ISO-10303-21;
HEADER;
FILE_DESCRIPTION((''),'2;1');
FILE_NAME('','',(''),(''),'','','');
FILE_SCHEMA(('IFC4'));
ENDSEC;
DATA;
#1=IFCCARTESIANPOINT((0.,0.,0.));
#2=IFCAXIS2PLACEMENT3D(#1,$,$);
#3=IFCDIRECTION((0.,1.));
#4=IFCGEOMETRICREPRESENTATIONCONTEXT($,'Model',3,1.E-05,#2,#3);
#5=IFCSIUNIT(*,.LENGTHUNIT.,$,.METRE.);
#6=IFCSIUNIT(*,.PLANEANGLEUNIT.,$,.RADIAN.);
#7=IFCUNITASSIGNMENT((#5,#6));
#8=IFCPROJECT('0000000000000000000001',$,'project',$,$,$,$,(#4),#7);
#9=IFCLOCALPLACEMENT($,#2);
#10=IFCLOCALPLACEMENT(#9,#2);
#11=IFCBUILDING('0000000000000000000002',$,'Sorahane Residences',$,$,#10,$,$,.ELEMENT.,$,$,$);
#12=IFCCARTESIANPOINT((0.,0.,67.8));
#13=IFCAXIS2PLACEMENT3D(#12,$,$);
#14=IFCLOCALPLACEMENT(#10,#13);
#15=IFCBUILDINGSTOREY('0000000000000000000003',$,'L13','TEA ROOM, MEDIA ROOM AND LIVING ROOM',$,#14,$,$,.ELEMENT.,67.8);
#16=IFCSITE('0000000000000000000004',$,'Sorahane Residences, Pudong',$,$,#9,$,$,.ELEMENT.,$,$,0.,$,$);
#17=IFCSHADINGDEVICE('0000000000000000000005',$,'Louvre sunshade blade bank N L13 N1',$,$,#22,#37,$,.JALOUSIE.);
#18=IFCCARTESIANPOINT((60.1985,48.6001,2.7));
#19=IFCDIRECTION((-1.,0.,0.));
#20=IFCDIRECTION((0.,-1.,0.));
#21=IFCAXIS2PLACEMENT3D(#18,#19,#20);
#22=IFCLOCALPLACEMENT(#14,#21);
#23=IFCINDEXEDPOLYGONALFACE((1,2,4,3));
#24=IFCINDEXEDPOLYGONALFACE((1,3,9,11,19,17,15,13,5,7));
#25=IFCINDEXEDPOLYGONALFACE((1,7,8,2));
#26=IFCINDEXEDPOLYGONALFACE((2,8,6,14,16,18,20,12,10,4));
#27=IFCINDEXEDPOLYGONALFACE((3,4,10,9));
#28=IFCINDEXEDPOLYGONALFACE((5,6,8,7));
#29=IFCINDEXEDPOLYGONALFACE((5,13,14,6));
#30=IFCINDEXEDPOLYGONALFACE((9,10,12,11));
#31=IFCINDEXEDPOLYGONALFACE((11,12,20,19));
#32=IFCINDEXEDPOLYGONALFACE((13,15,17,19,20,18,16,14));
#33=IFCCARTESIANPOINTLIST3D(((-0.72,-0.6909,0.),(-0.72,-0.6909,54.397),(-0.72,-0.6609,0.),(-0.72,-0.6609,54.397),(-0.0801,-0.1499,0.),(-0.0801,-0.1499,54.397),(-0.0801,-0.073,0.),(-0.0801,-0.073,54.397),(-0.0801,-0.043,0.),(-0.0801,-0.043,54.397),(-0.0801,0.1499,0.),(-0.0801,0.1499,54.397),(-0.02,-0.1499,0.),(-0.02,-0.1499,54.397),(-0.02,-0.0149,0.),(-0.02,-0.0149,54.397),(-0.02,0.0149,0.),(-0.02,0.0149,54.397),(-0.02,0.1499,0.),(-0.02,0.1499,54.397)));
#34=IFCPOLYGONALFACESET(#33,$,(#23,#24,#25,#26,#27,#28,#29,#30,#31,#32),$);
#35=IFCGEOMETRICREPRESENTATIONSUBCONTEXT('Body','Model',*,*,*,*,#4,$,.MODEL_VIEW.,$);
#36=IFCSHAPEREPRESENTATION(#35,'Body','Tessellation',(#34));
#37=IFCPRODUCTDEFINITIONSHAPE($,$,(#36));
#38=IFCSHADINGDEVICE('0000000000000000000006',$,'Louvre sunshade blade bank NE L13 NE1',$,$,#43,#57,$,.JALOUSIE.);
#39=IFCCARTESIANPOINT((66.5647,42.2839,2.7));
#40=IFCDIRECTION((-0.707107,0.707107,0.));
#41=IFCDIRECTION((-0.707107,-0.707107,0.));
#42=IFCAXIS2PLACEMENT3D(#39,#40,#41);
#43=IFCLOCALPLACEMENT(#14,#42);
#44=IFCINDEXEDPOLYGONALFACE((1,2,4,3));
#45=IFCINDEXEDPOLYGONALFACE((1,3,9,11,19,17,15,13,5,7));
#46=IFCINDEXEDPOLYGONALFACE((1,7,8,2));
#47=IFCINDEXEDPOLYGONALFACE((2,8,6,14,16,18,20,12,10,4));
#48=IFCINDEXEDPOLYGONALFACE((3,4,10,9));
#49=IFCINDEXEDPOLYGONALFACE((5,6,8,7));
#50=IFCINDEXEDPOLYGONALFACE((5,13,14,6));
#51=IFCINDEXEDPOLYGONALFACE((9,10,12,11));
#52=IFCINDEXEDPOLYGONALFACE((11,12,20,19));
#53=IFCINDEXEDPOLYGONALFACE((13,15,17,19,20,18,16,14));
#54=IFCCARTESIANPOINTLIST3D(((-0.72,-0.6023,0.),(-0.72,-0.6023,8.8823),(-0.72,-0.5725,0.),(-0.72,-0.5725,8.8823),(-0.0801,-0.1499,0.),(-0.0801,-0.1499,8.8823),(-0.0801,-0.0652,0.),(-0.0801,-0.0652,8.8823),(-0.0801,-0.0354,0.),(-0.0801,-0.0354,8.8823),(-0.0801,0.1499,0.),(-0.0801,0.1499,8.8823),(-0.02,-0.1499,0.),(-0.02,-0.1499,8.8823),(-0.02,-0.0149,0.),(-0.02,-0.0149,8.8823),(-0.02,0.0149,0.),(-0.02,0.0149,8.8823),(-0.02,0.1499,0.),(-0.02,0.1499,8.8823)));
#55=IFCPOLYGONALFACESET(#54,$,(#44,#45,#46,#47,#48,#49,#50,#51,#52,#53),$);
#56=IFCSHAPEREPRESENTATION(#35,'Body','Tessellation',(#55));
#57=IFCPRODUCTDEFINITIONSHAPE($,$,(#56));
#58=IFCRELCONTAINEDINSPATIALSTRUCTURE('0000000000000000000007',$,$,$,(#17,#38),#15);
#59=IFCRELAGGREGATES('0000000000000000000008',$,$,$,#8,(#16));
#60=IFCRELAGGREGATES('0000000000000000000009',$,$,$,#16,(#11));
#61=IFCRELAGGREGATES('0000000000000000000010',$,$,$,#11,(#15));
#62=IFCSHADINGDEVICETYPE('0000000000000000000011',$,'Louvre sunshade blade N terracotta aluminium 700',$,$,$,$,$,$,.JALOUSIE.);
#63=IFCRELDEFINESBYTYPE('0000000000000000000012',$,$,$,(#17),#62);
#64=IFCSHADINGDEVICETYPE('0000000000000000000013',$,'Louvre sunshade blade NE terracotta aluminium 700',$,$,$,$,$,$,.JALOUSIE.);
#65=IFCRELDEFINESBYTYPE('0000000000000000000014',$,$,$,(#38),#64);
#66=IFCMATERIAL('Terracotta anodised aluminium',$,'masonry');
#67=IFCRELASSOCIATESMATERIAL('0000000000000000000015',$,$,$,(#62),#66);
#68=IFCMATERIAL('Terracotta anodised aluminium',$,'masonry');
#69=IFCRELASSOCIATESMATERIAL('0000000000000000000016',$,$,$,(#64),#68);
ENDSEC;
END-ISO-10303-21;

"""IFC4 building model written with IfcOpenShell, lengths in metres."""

from ifc_helpers import new_model, si_unit, direction, frame, origin, place, context, subcontext, project, spatial, polyline, outline, extrude, material, type_object, element, save


model = new_model("IFC4")

# Units and contexts
model_context = context("Model", 3, precision=1e-05, world=origin(), true_north=direction((0.0, 1.0)))
body_context = subcontext(model_context, "Body", "Model", "MODEL_VIEW")
ifc_project = project(units=[si_unit("LENGTHUNIT", "METRE"), si_unit("PLANEANGLEUNIT", "RADIAN")], contexts=[model_context])

# Site, building, storey
site_placement = place(None, origin())
site = spatial("IfcSite", under=ifc_project, at=site_placement, Name="Sorahane Residences, Pudong", CompositionType="ELEMENT", RefElevation=0.0)
building_placement = place(site_placement, origin())
building = spatial("IfcBuilding", under=site, at=building_placement, Name="Sorahane Residences", CompositionType="ELEMENT")
storey_placement = place(building_placement, frame((0.0, 0.0, 67.8)))
storey = spatial("IfcBuildingStorey", under=building, at=storey_placement, Name="L13", Description="TEA ROOM, MEDIA ROOM AND LIVING ROOM", CompositionType="ELEMENT", Elevation=67.8)

# Shading devices
ifc_material_1 = material(Name="Terracotta anodised aluminium", Category="masonry")
shading_device_type_1 = type_object("IfcShadingDeviceType", Name="Louvre sunshade blade N terracotta aluminium 700", PredefinedType="JALOUSIE", material=ifc_material_1)
shading_device_1_placement = place(storey_placement, frame((60.1985, 48.6001, 2.7), z_axis=(-1.0, 0.0, 0.0), x_axis=(0.0, -1.0, 0.0)))
element("IfcShadingDevice", 1, at=shading_device_1_placement, inside=storey, type_object=shading_device_type_1, Name="Louvre sunshade blade bank N L13 N1", PredefinedType="JALOUSIE", context=body_context, shape_type="SweptSolid", body=[
    extrude(outline(polyline([(-0.72, -0.6609), (-0.72, -0.6909), (-0.0801, -0.073), (-0.0801, -0.1499), (-0.02, -0.1499), (-0.02, -0.0149), (-0.02, 0.0149), (-0.02, 0.1499), (-0.0801, 0.1499), (-0.0801, -0.043), (-0.72, -0.6609)])), origin(), (0.0, 0.0, 1.0), 54.397),
])
ifc_material_2 = material(Name="Terracotta anodised aluminium", Category="masonry")
shading_device_type_2 = type_object("IfcShadingDeviceType", Name="Louvre sunshade blade NE terracotta aluminium 700", PredefinedType="JALOUSIE", material=ifc_material_2)
shading_device_2_placement = place(storey_placement, frame((66.5647, 42.2839, 2.7), z_axis=(-0.707107, 0.707107, 0.0), x_axis=(-0.707107, -0.707107, 0.0)))
element("IfcShadingDevice", 2, at=shading_device_2_placement, inside=storey, type_object=shading_device_type_2, Name="Louvre sunshade blade bank NE L13 NE1", PredefinedType="JALOUSIE", context=body_context, shape_type="SweptSolid", body=[
    extrude(outline(polyline([(-0.72, -0.5725), (-0.72, -0.6023), (-0.0801, -0.0652), (-0.0801, -0.1499), (-0.02, -0.1499), (-0.02, -0.0149), (-0.02, 0.0149), (-0.02, 0.1499), (-0.0801, 0.1499), (-0.0801, -0.0354), (-0.72, -0.5725)])), origin(), (0.0, 0.0, 1.0), 8.8823),
])

save(model, "model.ifc")
